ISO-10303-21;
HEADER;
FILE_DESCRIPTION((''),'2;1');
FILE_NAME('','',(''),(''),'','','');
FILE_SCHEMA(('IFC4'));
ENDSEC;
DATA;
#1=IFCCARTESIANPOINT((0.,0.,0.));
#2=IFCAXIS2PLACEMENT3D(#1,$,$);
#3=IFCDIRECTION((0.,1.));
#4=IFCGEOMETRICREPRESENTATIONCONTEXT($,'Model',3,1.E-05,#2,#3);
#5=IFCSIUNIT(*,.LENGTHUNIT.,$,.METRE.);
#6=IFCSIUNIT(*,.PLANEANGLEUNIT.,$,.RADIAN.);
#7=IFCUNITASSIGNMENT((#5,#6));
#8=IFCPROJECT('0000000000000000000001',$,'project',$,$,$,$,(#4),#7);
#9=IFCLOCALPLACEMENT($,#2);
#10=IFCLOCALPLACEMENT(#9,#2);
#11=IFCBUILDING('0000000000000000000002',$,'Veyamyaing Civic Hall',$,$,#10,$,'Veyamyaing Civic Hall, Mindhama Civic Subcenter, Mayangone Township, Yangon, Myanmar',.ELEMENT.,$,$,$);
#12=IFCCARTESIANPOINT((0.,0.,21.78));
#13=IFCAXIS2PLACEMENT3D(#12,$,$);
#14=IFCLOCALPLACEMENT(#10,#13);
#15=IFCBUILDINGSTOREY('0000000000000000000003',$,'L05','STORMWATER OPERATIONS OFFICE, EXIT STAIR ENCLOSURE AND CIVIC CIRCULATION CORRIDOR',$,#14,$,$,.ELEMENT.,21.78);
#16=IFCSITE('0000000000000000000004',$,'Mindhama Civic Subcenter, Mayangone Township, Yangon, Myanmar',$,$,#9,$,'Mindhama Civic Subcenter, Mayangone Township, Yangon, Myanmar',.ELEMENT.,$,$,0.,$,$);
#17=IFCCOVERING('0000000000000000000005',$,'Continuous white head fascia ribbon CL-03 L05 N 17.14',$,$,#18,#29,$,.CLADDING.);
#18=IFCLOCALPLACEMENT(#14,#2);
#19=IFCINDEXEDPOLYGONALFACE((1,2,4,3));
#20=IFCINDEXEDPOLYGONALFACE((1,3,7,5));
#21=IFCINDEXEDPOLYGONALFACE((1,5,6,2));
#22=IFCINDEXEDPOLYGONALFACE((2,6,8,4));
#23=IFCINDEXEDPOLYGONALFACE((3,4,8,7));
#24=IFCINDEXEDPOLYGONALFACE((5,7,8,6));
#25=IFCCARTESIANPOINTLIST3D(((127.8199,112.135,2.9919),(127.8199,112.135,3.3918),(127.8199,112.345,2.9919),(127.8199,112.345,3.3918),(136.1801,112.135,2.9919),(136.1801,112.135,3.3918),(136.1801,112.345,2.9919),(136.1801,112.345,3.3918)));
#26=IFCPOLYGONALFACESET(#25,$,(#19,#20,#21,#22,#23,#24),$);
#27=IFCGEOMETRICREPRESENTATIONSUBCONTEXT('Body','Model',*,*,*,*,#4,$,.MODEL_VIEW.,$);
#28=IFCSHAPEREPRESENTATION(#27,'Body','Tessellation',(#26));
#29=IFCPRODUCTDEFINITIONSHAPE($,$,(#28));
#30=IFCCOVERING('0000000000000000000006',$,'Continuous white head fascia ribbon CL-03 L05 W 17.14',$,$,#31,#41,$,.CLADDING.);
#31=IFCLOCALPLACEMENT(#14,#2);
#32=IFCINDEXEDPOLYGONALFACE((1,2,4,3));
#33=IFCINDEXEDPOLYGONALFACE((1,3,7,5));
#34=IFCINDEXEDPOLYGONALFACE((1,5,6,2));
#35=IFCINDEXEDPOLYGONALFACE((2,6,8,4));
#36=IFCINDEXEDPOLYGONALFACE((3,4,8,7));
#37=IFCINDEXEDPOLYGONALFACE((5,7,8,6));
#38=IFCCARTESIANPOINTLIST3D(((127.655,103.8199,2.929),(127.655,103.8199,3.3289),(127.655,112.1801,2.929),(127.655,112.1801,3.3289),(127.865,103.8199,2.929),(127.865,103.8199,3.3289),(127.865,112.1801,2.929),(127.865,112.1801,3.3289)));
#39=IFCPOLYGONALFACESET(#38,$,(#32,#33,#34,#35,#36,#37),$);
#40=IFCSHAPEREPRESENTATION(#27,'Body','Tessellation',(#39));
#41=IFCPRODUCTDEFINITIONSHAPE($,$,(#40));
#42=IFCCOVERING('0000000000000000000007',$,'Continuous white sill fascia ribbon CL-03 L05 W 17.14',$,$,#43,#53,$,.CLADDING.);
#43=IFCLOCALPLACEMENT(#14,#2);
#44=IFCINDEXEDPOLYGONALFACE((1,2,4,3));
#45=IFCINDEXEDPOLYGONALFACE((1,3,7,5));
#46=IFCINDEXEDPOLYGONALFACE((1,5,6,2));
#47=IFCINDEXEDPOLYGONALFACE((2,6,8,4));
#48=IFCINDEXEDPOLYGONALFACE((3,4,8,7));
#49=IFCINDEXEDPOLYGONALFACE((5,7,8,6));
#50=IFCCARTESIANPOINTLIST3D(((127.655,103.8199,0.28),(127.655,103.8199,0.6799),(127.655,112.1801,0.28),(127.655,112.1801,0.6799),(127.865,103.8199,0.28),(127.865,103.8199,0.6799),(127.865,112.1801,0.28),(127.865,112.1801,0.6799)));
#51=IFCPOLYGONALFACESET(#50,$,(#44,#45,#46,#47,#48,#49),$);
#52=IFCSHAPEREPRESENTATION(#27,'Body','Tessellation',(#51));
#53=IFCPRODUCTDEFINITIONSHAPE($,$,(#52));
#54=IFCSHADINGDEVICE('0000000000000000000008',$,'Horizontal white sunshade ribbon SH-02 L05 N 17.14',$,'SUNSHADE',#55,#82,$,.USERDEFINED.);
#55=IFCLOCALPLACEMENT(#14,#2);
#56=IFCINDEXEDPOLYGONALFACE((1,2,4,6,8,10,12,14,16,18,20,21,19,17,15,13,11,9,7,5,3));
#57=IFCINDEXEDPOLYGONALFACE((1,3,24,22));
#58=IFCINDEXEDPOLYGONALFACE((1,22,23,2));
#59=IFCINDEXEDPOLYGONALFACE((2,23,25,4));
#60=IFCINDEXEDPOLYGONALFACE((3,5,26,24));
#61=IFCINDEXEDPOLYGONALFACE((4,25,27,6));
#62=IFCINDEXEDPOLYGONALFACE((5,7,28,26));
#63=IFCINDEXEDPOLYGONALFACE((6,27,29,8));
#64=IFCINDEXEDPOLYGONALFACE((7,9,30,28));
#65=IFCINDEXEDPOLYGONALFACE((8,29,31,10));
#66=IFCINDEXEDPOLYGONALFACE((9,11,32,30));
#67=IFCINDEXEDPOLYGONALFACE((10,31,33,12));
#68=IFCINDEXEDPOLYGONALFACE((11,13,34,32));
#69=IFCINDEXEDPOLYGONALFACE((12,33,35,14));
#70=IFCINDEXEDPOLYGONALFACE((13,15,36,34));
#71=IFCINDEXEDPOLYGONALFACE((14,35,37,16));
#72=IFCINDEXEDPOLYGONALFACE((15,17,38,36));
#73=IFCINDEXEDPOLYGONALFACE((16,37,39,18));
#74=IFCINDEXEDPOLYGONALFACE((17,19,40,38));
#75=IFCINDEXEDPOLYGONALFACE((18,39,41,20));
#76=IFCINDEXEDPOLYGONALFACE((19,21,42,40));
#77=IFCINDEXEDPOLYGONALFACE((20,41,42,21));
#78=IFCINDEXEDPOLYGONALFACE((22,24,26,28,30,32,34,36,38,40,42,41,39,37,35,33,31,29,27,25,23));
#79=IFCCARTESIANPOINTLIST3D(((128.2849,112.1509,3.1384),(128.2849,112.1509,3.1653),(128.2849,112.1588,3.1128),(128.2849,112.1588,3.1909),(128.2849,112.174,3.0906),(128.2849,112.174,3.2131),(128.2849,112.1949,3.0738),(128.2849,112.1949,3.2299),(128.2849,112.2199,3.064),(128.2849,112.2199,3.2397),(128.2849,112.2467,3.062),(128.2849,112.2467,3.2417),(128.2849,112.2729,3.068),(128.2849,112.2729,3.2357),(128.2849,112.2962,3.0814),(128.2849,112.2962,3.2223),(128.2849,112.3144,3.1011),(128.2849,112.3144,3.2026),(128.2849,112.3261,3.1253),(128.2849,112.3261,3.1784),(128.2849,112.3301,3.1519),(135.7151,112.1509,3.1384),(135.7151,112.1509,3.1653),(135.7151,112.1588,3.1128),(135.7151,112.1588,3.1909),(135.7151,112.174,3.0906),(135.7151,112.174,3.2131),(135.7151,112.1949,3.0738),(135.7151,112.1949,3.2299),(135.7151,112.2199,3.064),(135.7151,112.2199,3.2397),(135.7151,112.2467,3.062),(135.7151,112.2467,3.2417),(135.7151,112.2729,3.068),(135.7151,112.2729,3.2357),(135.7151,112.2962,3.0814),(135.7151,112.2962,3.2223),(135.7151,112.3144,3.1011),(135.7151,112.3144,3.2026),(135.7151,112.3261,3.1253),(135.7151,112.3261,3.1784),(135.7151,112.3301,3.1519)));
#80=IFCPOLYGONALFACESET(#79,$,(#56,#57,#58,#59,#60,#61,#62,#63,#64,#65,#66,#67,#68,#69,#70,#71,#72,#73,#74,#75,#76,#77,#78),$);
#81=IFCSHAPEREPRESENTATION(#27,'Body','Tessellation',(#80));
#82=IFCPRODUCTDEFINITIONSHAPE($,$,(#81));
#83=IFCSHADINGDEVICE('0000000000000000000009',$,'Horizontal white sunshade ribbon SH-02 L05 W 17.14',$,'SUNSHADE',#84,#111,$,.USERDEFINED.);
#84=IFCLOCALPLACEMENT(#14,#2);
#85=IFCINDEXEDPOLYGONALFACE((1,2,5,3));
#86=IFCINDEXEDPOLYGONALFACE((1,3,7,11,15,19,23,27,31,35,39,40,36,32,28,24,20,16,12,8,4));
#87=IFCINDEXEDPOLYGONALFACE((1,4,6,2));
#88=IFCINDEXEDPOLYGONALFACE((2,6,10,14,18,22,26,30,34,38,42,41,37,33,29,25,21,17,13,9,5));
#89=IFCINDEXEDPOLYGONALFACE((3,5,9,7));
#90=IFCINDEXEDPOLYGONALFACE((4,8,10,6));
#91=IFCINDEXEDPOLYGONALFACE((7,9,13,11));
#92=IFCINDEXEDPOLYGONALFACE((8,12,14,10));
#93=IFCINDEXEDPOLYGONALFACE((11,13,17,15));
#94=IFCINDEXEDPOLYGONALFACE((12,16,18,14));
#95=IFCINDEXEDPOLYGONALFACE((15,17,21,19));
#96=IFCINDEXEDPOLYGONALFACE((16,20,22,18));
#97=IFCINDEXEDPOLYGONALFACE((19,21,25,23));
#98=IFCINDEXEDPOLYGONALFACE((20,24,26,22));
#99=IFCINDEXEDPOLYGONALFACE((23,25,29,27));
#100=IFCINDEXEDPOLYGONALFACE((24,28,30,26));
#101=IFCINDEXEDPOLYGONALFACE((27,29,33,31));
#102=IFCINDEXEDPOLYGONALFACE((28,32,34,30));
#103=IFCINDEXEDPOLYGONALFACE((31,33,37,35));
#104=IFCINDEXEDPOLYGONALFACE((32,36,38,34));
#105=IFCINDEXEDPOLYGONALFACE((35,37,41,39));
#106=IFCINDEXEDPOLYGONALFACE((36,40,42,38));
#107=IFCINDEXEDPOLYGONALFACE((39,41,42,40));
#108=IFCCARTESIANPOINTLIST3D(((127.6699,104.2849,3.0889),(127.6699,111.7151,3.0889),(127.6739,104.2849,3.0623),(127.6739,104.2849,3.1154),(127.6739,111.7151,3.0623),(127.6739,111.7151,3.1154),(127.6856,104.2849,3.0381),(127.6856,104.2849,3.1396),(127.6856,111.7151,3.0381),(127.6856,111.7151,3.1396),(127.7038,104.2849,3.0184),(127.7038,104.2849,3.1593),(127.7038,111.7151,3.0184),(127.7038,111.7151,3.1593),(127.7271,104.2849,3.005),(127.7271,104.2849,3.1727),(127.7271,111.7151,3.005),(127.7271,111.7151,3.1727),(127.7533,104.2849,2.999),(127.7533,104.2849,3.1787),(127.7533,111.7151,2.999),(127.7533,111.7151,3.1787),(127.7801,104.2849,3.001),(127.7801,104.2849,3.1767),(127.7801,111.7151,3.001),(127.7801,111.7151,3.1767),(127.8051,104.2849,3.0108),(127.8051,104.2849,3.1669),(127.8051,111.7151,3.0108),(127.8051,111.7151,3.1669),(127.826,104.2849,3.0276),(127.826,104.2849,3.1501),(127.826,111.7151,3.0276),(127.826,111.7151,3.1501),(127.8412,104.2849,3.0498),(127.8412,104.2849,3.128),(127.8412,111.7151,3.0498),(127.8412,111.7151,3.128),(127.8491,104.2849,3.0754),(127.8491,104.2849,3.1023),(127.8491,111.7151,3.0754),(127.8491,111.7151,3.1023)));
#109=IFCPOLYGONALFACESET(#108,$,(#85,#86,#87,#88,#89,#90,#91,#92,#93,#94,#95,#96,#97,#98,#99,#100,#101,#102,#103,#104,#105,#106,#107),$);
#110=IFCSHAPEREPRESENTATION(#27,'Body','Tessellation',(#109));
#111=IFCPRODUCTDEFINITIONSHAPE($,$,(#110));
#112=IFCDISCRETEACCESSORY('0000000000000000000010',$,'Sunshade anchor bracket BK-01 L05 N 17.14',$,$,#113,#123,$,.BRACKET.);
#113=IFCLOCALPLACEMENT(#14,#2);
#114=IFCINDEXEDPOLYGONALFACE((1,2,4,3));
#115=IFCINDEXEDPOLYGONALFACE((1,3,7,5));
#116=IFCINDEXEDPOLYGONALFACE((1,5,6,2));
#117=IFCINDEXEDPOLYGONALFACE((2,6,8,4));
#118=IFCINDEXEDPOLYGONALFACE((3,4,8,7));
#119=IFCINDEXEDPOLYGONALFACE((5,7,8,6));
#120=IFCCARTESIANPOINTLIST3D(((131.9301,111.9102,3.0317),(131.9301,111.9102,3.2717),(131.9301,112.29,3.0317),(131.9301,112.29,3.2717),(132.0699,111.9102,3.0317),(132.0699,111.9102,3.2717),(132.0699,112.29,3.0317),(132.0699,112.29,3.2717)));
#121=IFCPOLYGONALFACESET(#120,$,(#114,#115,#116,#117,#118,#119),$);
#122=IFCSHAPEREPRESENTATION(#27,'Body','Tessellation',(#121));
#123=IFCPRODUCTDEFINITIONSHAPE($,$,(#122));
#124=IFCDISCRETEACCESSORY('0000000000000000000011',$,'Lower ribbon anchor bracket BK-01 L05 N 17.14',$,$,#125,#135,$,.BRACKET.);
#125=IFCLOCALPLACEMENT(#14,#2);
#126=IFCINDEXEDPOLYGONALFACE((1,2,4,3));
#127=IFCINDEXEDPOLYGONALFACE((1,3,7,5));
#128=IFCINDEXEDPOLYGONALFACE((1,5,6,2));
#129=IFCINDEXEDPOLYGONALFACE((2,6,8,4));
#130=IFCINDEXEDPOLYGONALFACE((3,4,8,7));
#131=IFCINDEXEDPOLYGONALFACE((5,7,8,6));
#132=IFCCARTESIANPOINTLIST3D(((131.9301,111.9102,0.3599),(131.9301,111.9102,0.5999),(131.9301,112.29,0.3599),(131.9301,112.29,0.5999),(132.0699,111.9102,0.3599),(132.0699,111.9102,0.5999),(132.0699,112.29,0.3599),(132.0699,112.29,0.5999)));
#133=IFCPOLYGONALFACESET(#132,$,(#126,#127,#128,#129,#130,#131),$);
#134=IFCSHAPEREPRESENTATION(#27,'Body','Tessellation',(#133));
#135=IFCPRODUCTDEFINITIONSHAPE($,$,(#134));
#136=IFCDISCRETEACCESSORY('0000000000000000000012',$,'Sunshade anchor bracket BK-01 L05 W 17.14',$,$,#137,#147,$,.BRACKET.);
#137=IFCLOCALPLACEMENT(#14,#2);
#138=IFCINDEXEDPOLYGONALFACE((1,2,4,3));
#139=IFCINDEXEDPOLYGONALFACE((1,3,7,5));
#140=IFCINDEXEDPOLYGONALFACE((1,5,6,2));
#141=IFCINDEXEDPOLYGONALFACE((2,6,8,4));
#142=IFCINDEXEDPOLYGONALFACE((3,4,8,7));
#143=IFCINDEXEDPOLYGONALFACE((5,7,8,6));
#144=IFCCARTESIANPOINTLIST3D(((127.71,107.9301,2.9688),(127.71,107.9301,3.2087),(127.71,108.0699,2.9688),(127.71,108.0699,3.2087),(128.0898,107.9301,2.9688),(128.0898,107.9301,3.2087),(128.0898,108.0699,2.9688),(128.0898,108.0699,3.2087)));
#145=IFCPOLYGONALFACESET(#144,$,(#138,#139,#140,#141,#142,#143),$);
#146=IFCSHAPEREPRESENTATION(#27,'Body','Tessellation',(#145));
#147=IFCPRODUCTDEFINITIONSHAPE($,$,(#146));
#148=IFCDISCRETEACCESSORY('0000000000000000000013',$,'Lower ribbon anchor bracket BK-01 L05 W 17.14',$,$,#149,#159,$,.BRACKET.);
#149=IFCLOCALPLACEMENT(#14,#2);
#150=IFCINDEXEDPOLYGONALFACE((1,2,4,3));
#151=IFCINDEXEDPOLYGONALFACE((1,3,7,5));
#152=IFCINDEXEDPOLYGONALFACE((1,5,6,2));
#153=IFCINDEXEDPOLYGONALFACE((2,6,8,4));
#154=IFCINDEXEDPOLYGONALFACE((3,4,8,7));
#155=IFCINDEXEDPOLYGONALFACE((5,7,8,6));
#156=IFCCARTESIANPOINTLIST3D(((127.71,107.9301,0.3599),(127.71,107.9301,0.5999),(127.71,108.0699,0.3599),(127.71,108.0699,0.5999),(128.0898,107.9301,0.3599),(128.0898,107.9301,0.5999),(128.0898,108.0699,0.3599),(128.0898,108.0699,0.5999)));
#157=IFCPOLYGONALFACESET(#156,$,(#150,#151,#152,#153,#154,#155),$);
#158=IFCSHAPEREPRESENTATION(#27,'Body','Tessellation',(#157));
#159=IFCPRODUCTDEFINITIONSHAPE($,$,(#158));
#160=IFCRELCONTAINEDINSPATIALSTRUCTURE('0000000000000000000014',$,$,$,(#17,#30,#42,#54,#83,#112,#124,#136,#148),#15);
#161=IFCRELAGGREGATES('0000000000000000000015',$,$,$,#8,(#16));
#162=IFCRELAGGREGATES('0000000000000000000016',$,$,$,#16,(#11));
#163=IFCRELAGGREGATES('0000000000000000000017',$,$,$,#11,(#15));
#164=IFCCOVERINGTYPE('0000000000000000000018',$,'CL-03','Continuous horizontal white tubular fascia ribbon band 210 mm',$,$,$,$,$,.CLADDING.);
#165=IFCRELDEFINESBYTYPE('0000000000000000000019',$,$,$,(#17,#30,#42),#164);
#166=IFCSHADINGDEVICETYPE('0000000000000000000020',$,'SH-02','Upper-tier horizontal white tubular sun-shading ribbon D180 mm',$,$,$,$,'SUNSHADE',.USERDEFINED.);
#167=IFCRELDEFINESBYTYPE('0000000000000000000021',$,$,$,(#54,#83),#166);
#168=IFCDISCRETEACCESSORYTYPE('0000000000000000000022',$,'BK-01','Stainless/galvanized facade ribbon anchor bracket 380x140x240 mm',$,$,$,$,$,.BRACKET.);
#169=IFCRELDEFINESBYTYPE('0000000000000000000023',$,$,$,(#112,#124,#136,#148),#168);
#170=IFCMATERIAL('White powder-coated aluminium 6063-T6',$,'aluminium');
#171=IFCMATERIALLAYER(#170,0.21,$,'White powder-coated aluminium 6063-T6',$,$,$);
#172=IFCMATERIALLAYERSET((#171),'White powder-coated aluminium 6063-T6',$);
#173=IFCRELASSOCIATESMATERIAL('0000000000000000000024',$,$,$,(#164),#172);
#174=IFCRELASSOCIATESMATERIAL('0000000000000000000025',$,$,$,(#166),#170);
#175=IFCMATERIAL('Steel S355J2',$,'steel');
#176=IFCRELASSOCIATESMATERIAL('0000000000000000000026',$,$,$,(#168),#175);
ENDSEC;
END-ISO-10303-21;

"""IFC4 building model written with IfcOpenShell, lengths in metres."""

from ifc_helpers import new_model, si_unit, direction, frame, origin, origin_2d, place, context, subcontext, project, spatial, rectangle, circle, extrude, material, layer, layer_set, material_profile, profile_set, type_object, element, save


model = new_model("IFC4")

# Units and contexts
model_context = context("Model", 3, precision=1e-05, world=origin(), true_north=direction((0.0, 1.0)))
body_context = subcontext(model_context, "Body", "Model", "MODEL_VIEW")
ifc_project = project(units=[si_unit("LENGTHUNIT", "METRE"), si_unit("PLANEANGLEUNIT", "RADIAN")], contexts=[model_context])

# Site, building, storey
site_placement = place(None, origin())
site = spatial("IfcSite", under=ifc_project, at=site_placement, Name="Mindhama Civic Subcenter, Mayangone Township, Yangon, Myanmar", LongName="Mindhama Civic Subcenter, Mayangone Township, Yangon, Myanmar", CompositionType="ELEMENT", RefElevation=0.0)
building_placement = place(site_placement, origin())
building = spatial("IfcBuilding", under=site, at=building_placement, Name="Veyamyaing Civic Hall", LongName="Veyamyaing Civic Hall, Mindhama Civic Subcenter, Mayangone Township, Yangon, Myanmar", CompositionType="ELEMENT")
storey_placement = place(building_placement, frame((0.0, 0.0, 21.78)))
storey = spatial("IfcBuildingStorey", under=building, at=storey_placement, Name="L05", Description="STORMWATER OPERATIONS OFFICE, EXIT STAIR ENCLOSURE AND CIVIC CIRCULATION CORRIDOR", CompositionType="ELEMENT", Elevation=21.78)

# Shared definitions
ifc_material_1 = material(Name="Steel S355J2", Category="steel")

# Coverings
ifc_material_2 = material(Name="White powder-coated aluminium 6063-T6", Category="aluminium")
ifc_layer_1 = layer(ifc_material_2, 0.21, Name="White powder-coated aluminium 6063-T6")
ifc_layer_set_1 = layer_set([ifc_layer_1], Name="White powder-coated aluminium 6063-T6")
covering_type_1 = type_object("IfcCoveringType", Name="CL-03", Description="Continuous horizontal white tubular fascia ribbon band 210 mm", PredefinedType="CLADDING", material=ifc_layer_set_1)
for number, where, z_axis, x_axis, name in (
    (1, (132.0, 112.24, 2.9919), (0.0, 0.0, 1.0), (1.0, 0.0, 0.0), "Continuous white head fascia ribbon CL-03 L05 N 17.14"),
    (2, (127.76, 108.0, 2.929), (0.0, 0.0, 1.0), (0.0, 1.0, 0.0), "Continuous white head fascia ribbon CL-03 L05 W 17.14"),
    (3, (127.76, 108.0, 0.28), (0.0, 0.0, 1.0), (0.0, 1.0, 0.0), "Continuous white sill fascia ribbon CL-03 L05 W 17.14"),
):
    element("IfcCovering", number, at=place(storey_placement, frame(where, z_axis=z_axis, x_axis=x_axis)), inside=storey, type_object=covering_type_1, Name=name, PredefinedType="CLADDING", context=body_context, shape_type="SweptSolid", body=[
        extrude(rectangle(XDim=8.3601, YDim=0.21, at=origin_2d()), origin(), (0.0, 0.0, 1.0), 0.3999),
    ])

# Shading devices
ifc_material_profile_1 = material_profile(ifc_material_2, circle(Radius=0.0901, at=origin_2d()), Name="SHADE-TUBE-180")
ifc_profile_set_1 = profile_set([ifc_material_profile_1], Name="White powder-coated aluminium 6063-T6")
shading_device_type = type_object("IfcShadingDeviceType", Name="SH-02", Description="Upper-tier horizontal white tubular sun-shading ribbon D180 mm", ElementType="SUNSHADE", PredefinedType="USERDEFINED", material=ifc_profile_set_1)
for number, where, z_axis, x_axis, name in (
    (4, (128.2849, 112.24, 3.1519), (1.0, 0.0, 0.0), (0.0, 1.0, 0.0), "Horizontal white sunshade ribbon SH-02 L05 N 17.14"),
    (5, (127.76, 104.2849, 3.0889), (0.0, 1.0, 0.0), (-1.0, 0.0, 0.0), "Horizontal white sunshade ribbon SH-02 L05 W 17.14"),
):
    element("IfcShadingDevice", number, at=place(storey_placement, frame(where, z_axis=z_axis, x_axis=x_axis)), inside=storey, type_object=shading_device_type, Name=name, ObjectType="SUNSHADE", PredefinedType="USERDEFINED", context=body_context, shape_type="SweptSolid", body=[
        extrude(circle(Radius=0.0901, at=origin_2d()), origin(), (0.0, 0.0, 1.0), 7.4302),
    ])

# Discrete accessories
discrete_accessory_type = type_object("IfcDiscreteAccessoryType", Name="BK-01", Description="Stainless/galvanized facade ribbon anchor bracket 380x140x240 mm", PredefinedType="BRACKET", material=ifc_material_1)
for number, where, z_axis, x_axis, name in (
    (6, (132.0, 112.1001, 3.0317), (0.0, 0.0, 1.0), (0.0, 1.0, 0.0), "Sunshade anchor bracket BK-01 L05 N 17.14"),
    (7, (132.0, 112.1001, 0.3599), (0.0, 0.0, 1.0), (0.0, 1.0, 0.0), "Lower ribbon anchor bracket BK-01 L05 N 17.14"),
    (8, (127.8999, 108.0, 2.9688), (0.0, 0.0, 1.0), (-1.0, 0.0, 0.0), "Sunshade anchor bracket BK-01 L05 W 17.14"),
    (9, (127.8999, 108.0, 0.3599), (0.0, 0.0, 1.0), (-1.0, 0.0, 0.0), "Lower ribbon anchor bracket BK-01 L05 W 17.14"),
):
    element("IfcDiscreteAccessory", number, at=place(storey_placement, frame(where, z_axis=z_axis, x_axis=x_axis)), inside=storey, type_object=discrete_accessory_type, Name=name, PredefinedType="BRACKET", context=body_context, shape_type="SweptSolid", body=[
        extrude(rectangle(XDim=0.3799, YDim=0.1399, at=origin_2d()), origin(), (0.0, 0.0, 1.0), 0.24),
    ])

save(model, "model.ifc")
